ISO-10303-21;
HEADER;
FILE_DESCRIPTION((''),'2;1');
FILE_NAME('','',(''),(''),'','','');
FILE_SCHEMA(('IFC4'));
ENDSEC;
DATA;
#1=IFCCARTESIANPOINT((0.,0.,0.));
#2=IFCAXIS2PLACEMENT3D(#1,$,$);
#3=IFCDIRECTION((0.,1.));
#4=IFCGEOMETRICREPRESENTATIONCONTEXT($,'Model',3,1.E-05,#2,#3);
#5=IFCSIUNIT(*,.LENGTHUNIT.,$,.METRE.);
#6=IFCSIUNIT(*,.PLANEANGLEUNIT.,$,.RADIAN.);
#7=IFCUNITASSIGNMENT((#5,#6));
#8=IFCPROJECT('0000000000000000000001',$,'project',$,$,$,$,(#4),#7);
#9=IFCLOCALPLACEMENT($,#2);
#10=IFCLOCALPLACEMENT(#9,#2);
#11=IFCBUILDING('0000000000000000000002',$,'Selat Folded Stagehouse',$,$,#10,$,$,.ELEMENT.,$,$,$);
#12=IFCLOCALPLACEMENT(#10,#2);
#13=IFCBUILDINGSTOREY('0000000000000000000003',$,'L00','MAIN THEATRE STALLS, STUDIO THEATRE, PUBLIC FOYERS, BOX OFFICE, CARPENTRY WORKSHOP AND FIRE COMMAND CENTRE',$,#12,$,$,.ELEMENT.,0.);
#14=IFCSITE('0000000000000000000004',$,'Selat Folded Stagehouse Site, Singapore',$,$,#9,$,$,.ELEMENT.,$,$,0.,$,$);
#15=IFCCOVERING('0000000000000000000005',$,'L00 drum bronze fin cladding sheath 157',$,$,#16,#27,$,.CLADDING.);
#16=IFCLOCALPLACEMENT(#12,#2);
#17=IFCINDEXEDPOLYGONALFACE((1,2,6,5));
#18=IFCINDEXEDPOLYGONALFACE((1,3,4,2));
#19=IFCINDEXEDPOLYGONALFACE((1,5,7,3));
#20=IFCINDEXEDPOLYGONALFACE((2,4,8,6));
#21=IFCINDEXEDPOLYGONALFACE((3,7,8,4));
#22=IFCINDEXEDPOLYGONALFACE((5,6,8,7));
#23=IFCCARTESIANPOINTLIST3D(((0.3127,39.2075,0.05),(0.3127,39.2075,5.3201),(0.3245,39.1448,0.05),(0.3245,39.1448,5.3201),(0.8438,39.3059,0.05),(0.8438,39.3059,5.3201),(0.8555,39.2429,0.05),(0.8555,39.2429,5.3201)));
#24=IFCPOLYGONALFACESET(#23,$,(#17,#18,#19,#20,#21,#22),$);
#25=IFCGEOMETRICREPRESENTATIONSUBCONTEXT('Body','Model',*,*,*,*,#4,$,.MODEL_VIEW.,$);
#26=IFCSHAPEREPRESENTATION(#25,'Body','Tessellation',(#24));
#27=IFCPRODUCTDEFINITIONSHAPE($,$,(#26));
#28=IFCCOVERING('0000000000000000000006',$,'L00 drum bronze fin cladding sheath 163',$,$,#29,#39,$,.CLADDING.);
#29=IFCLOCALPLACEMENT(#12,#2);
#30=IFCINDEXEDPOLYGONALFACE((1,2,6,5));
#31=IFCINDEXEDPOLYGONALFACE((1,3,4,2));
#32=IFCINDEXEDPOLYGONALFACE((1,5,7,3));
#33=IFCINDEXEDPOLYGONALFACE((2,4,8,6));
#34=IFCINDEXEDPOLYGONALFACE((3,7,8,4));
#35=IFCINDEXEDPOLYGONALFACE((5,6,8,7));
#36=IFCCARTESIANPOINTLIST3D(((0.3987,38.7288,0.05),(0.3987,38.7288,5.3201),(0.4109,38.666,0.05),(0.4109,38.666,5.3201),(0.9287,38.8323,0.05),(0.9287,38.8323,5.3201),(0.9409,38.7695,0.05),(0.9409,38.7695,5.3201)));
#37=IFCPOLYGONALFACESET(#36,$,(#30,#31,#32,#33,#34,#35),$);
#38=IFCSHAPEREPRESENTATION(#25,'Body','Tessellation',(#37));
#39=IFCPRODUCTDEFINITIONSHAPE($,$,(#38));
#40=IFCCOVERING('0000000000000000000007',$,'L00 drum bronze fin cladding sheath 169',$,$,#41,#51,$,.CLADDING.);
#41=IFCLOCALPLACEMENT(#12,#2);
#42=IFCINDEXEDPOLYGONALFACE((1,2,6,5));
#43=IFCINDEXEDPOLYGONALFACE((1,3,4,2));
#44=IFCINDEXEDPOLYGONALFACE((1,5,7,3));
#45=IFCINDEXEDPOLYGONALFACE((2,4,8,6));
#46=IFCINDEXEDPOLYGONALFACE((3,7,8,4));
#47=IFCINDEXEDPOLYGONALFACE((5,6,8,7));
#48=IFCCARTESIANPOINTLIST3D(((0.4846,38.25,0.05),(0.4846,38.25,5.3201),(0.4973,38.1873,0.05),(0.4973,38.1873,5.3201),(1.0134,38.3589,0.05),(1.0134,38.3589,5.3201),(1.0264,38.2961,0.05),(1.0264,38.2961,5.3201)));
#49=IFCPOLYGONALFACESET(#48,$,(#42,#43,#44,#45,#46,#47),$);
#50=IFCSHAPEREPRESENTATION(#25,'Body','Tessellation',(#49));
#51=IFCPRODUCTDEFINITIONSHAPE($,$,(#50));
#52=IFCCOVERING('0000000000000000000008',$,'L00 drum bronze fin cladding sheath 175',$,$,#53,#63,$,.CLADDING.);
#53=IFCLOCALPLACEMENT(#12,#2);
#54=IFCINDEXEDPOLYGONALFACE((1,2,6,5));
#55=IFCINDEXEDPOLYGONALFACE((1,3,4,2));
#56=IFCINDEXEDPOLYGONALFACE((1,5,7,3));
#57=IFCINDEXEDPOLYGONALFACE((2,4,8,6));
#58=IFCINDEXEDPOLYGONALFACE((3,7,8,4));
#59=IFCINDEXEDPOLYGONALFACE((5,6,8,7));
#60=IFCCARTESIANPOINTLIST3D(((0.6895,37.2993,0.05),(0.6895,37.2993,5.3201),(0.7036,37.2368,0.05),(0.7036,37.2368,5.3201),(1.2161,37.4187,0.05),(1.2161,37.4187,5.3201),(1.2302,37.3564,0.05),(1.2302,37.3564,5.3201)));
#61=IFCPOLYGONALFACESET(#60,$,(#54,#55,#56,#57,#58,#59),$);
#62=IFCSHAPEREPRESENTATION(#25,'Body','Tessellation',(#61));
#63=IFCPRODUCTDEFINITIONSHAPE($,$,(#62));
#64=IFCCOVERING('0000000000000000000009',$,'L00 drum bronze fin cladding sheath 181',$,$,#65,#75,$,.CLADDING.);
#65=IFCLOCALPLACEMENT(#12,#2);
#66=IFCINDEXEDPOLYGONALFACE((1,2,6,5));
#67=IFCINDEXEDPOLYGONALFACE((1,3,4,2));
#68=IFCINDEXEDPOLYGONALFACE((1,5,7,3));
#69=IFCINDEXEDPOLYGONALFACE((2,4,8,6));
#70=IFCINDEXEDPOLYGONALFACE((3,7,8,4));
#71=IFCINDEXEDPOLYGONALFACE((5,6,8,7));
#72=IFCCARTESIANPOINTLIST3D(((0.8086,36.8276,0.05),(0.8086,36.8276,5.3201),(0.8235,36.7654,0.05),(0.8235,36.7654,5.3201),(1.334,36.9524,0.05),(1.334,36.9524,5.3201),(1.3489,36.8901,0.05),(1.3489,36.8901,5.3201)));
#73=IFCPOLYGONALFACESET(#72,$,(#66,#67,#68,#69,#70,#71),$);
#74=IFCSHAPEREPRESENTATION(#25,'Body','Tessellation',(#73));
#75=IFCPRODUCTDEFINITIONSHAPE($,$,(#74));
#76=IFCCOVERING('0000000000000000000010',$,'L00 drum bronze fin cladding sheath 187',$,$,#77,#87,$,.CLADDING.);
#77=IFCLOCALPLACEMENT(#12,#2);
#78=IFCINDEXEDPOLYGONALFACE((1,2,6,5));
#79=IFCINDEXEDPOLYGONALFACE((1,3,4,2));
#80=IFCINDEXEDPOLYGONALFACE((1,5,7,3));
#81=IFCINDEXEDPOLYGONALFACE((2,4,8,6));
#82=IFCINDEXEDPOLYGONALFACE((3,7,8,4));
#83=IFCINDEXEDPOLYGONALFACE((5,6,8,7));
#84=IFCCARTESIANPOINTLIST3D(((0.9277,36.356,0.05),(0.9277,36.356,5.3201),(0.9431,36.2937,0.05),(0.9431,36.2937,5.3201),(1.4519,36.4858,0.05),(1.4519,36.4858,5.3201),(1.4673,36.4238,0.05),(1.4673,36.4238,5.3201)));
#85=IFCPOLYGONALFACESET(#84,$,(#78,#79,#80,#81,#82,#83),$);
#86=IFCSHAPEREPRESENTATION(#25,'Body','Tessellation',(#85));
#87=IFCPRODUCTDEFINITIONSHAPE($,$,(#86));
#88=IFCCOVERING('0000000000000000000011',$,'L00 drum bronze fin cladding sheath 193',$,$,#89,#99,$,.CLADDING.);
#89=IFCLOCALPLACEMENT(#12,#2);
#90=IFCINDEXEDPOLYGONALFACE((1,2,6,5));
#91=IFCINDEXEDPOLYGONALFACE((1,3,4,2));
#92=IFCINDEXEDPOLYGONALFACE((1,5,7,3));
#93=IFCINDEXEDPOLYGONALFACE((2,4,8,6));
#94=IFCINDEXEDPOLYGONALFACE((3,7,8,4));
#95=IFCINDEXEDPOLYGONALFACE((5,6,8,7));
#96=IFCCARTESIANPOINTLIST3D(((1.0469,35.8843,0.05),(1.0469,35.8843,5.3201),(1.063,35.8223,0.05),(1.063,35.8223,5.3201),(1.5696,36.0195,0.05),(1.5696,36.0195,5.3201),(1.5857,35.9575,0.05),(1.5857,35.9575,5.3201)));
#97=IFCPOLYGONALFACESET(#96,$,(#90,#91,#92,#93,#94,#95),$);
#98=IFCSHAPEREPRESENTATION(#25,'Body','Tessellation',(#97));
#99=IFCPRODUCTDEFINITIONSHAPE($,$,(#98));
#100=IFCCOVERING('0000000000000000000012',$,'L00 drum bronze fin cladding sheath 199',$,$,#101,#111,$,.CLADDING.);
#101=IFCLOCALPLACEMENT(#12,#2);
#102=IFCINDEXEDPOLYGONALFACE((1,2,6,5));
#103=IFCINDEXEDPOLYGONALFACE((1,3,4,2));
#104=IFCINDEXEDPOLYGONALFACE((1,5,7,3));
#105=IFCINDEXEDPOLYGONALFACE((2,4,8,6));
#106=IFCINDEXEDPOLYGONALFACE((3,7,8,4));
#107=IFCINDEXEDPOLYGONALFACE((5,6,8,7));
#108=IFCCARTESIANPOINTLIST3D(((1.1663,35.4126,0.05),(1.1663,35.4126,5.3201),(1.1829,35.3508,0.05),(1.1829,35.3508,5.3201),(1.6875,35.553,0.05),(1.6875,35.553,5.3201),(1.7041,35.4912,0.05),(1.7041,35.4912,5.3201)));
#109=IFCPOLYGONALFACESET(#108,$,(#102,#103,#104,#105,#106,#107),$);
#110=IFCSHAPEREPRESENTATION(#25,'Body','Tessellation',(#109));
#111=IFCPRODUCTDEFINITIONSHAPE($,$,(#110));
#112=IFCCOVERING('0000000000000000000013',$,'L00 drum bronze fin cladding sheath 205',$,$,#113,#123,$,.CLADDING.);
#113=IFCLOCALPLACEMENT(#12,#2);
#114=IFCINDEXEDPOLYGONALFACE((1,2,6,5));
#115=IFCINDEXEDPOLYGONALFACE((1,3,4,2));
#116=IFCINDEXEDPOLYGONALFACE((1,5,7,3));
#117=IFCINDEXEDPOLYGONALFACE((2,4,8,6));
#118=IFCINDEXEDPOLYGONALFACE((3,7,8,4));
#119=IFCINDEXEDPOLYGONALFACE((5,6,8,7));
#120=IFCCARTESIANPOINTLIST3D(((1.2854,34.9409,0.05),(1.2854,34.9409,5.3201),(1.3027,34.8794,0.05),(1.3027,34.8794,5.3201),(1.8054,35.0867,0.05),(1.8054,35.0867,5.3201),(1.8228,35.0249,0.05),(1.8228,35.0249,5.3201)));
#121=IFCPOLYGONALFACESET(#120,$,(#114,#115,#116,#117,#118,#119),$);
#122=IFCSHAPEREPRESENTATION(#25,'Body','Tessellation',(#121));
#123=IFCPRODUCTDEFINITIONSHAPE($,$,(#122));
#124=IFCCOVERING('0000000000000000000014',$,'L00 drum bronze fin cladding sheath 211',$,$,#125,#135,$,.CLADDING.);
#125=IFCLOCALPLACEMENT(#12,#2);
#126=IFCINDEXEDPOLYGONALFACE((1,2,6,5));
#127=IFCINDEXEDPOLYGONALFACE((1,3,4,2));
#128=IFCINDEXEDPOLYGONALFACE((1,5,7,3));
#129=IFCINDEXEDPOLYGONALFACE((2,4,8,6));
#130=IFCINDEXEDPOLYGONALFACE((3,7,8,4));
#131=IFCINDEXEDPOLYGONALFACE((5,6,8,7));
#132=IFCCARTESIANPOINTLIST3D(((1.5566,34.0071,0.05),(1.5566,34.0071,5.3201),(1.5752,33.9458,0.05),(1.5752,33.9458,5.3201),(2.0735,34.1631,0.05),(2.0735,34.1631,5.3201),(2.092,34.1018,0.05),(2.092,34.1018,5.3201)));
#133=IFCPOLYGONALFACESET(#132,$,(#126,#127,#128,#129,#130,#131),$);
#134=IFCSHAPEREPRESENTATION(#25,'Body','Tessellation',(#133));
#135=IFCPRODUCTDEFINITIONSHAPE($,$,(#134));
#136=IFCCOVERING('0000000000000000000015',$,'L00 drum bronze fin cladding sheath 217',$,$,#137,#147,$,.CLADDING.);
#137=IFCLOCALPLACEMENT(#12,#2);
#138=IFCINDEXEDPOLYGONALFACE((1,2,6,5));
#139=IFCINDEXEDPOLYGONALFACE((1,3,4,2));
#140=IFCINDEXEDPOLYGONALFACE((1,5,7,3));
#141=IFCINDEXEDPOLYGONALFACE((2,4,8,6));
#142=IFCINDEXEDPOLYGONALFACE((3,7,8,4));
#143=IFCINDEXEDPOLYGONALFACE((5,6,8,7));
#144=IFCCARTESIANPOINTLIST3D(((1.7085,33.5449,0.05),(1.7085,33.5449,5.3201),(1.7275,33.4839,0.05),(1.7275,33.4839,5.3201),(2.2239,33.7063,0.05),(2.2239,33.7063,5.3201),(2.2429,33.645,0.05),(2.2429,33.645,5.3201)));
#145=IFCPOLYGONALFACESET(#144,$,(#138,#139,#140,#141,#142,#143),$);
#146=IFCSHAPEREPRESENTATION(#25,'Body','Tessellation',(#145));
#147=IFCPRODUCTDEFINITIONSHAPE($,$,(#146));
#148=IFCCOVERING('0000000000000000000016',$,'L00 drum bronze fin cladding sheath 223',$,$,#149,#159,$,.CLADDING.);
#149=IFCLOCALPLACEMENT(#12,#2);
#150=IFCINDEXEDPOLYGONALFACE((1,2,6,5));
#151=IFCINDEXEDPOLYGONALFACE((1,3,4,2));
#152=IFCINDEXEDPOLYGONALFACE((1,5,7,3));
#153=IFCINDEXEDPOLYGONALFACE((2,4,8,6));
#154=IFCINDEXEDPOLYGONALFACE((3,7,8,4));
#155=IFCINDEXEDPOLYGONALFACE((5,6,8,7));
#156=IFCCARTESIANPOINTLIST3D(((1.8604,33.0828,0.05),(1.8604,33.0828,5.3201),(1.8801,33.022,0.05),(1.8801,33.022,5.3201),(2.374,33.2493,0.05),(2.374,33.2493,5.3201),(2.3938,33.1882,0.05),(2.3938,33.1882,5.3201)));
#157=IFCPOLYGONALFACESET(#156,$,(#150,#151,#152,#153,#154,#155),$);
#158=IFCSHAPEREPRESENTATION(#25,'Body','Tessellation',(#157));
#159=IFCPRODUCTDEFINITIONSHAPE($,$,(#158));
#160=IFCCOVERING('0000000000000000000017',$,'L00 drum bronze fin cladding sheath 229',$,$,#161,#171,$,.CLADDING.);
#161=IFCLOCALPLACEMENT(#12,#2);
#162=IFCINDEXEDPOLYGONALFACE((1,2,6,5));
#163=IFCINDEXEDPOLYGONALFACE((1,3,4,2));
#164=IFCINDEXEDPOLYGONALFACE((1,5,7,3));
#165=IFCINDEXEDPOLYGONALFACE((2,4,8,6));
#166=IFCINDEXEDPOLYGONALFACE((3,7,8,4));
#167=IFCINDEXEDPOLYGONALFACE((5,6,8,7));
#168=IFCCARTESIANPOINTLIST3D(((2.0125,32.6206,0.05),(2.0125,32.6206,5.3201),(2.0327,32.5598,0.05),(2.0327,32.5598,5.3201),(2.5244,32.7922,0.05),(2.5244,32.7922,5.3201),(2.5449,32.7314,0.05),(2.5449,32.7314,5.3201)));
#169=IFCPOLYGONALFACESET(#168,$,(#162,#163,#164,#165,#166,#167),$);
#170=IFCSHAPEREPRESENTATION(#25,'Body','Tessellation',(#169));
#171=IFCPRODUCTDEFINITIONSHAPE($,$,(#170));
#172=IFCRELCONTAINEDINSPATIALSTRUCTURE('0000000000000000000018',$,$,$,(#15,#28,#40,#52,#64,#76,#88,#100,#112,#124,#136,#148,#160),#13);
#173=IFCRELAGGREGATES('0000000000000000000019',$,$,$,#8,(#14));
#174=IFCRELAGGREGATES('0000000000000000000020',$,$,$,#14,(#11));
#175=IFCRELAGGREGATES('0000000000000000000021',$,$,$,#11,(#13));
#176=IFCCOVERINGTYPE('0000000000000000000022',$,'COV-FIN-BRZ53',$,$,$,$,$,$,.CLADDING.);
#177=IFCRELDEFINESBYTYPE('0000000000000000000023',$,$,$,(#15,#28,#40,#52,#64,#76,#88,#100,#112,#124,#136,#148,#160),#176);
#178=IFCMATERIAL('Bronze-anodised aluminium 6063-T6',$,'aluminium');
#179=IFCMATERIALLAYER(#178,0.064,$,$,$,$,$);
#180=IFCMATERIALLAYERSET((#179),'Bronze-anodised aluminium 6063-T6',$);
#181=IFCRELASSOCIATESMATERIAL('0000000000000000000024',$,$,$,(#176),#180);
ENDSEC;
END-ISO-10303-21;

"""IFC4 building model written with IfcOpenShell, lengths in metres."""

from ifc_helpers import new_model, si_unit, direction, frame, origin, place, context, subcontext, project, spatial, polyline, outline, extrude, material, layer, layer_set, type_object, element, save


model = new_model("IFC4")

# Units and contexts
model_context = context("Model", 3, precision=1e-05, world=origin(), true_north=direction((0.0, 1.0)))
body_context = subcontext(model_context, "Body", "Model", "MODEL_VIEW")
ifc_project = project(units=[si_unit("LENGTHUNIT", "METRE"), si_unit("PLANEANGLEUNIT", "RADIAN")], contexts=[model_context])

# Site, building, storey
site_placement = place(None, origin())
site = spatial("IfcSite", under=ifc_project, at=site_placement, Name="Selat Folded Stagehouse Site, Singapore", CompositionType="ELEMENT", RefElevation=0.0)
building_placement = place(site_placement, origin())
building = spatial("IfcBuilding", under=site, at=building_placement, Name="Selat Folded Stagehouse", CompositionType="ELEMENT")
storey_placement = place(building_placement, origin())
storey = spatial("IfcBuildingStorey", under=building, at=storey_placement, Name="L00", Description="MAIN THEATRE STALLS, STUDIO THEATRE, PUBLIC FOYERS, BOX OFFICE, CARPENTRY WORKSHOP AND FIRE COMMAND CENTRE", CompositionType="ELEMENT", Elevation=0.0)

# Coverings
ifc_material_1 = material(Name="Bronze-anodised aluminium 6063-T6", Category="aluminium")
ifc_layer_1 = layer(ifc_material_1, 0.064)
ifc_layer_set_1 = layer_set([ifc_layer_1], Name="Bronze-anodised aluminium 6063-T6")
covering_type = type_object("IfcCoveringType", Name="COV-FIN-BRZ53", PredefinedType="CLADDING", material=ifc_layer_set_1)
covering_1_placement = place(storey_placement, frame((0.0, 0.0, 0.05)))
element("IfcCovering", 1, at=covering_1_placement, inside=storey, type_object=covering_type, Name="L00 drum bronze fin cladding sheath 157", PredefinedType="CLADDING", context=body_context, shape_type="SweptSolid", body=[
    extrude(outline(polyline([(0.8438, 39.3059), (0.3127, 39.2075), (0.3245, 39.1448), (0.8555, 39.2429), (0.8438, 39.3059)])), origin(), (0.0, 0.0, 1.0), 5.27),
])
covering_2_placement = place(storey_placement, frame((0.0, 0.0, 0.05)))
element("IfcCovering", 2, at=covering_2_placement, inside=storey, type_object=covering_type, Name="L00 drum bronze fin cladding sheath 163", PredefinedType="CLADDING", context=body_context, shape_type="SweptSolid", body=[
    extrude(outline(polyline([(0.9287, 38.8323), (0.3987, 38.7288), (0.4109, 38.666), (0.9409, 38.7695), (0.9287, 38.8323)])), origin(), (0.0, 0.0, 1.0), 5.27),
])
covering_3_placement = place(storey_placement, frame((0.0, 0.0, 0.05)))
element("IfcCovering", 3, at=covering_3_placement, inside=storey, type_object=covering_type, Name="L00 drum bronze fin cladding sheath 169", PredefinedType="CLADDING", context=body_context, shape_type="SweptSolid", body=[
    extrude(outline(polyline([(1.0134, 38.3589), (0.4846, 38.25), (0.4973, 38.1873), (1.0264, 38.2961), (1.0134, 38.3589)])), origin(), (0.0, 0.0, 1.0), 5.27),
])
covering_4_placement = place(storey_placement, frame((0.0, 0.0, 0.05)))
element("IfcCovering", 4, at=covering_4_placement, inside=storey, type_object=covering_type, Name="L00 drum bronze fin cladding sheath 175", PredefinedType="CLADDING", context=body_context, shape_type="SweptSolid", body=[
    extrude(outline(polyline([(1.2161, 37.4187), (0.6895, 37.2993), (0.7036, 37.2368), (1.2302, 37.3564), (1.2161, 37.4187)])), origin(), (0.0, 0.0, 1.0), 5.27),
])
covering_5_placement = place(storey_placement, frame((0.0, 0.0, 0.05)))
element("IfcCovering", 5, at=covering_5_placement, inside=storey, type_object=covering_type, Name="L00 drum bronze fin cladding sheath 181", PredefinedType="CLADDING", context=body_context, shape_type="SweptSolid", body=[
    extrude(outline(polyline([(1.334, 36.9524), (0.8086, 36.8276), (0.8235, 36.7654), (1.3489, 36.8901), (1.334, 36.9524)])), origin(), (0.0, 0.0, 1.0), 5.27),
])
covering_6_placement = place(storey_placement, frame((0.0, 0.0, 0.05)))
element("IfcCovering", 6, at=covering_6_placement, inside=storey, type_object=covering_type, Name="L00 drum bronze fin cladding sheath 187", PredefinedType="CLADDING", context=body_context, shape_type="SweptSolid", body=[
    extrude(outline(polyline([(1.4519, 36.4858), (0.9277, 36.356), (0.9431, 36.2937), (1.4673, 36.4238), (1.4519, 36.4858)])), origin(), (0.0, 0.0, 1.0), 5.27),
])
covering_7_placement = place(storey_placement, frame((0.0, 0.0, 0.05)))
element("IfcCovering", 7, at=covering_7_placement, inside=storey, type_object=covering_type, Name="L00 drum bronze fin cladding sheath 193", PredefinedType="CLADDING", context=body_context, shape_type="SweptSolid", body=[
    extrude(outline(polyline([(1.5696, 36.0195), (1.0469, 35.8843), (1.063, 35.8223), (1.5857, 35.9575), (1.5696, 36.0195)])), origin(), (0.0, 0.0, 1.0), 5.27),
])
covering_8_placement = place(storey_placement, frame((0.0, 0.0, 0.05)))
element("IfcCovering", 8, at=covering_8_placement, inside=storey, type_object=covering_type, Name="L00 drum bronze fin cladding sheath 199", PredefinedType="CLADDING", context=body_context, shape_type="SweptSolid", body=[
    extrude(outline(polyline([(1.6875, 35.553), (1.1663, 35.4126), (1.1829, 35.3508), (1.7041, 35.4912), (1.6875, 35.553)])), origin(), (0.0, 0.0, 1.0), 5.27),
])
covering_9_placement = place(storey_placement, frame((0.0, 0.0, 0.05)))
element("IfcCovering", 9, at=covering_9_placement, inside=storey, type_object=covering_type, Name="L00 drum bronze fin cladding sheath 205", PredefinedType="CLADDING", context=body_context, shape_type="SweptSolid", body=[
    extrude(outline(polyline([(1.8054, 35.0867), (1.2854, 34.9409), (1.3027, 34.8794), (1.8228, 35.0249), (1.8054, 35.0867)])), origin(), (0.0, 0.0, 1.0), 5.27),
])
covering_10_placement = place(storey_placement, frame((0.0, 0.0, 0.05)))
element("IfcCovering", 10, at=covering_10_placement, inside=storey, type_object=covering_type, Name="L00 drum bronze fin cladding sheath 211", PredefinedType="CLADDING", context=body_context, shape_type="SweptSolid", body=[
    extrude(outline(polyline([(2.0735, 34.1631), (1.5566, 34.0071), (1.5752, 33.9458), (2.092, 34.1018), (2.0735, 34.1631)])), origin(), (0.0, 0.0, 1.0), 5.27),
])
covering_11_placement = place(storey_placement, frame((0.0, 0.0, 0.05)))
element("IfcCovering", 11, at=covering_11_placement, inside=storey, type_object=covering_type, Name="L00 drum bronze fin cladding sheath 217", PredefinedType="CLADDING", context=body_context, shape_type="SweptSolid", body=[
    extrude(outline(polyline([(2.2239, 33.7063), (1.7085, 33.5449), (1.7275, 33.4839), (2.2429, 33.645), (2.2239, 33.7063)])), origin(), (0.0, 0.0, 1.0), 5.27),
])
covering_12_placement = place(storey_placement, frame((0.0, 0.0, 0.05)))
element("IfcCovering", 12, at=covering_12_placement, inside=storey, type_object=covering_type, Name="L00 drum bronze fin cladding sheath 223", PredefinedType="CLADDING", context=body_context, shape_type="SweptSolid", body=[
    extrude(outline(polyline([(2.374, 33.2493), (1.8604, 33.0828), (1.8801, 33.022), (2.3938, 33.1882), (2.374, 33.2493)])), origin(), (0.0, 0.0, 1.0), 5.27),
])
covering_13_placement = place(storey_placement, frame((0.0, 0.0, 0.05)))
element("IfcCovering", 13, at=covering_13_placement, inside=storey, type_object=covering_type, Name="L00 drum bronze fin cladding sheath 229", PredefinedType="CLADDING", context=body_context, shape_type="SweptSolid", body=[
    extrude(outline(polyline([(2.5244, 32.7922), (2.0125, 32.6206), (2.0327, 32.5598), (2.5449, 32.7314), (2.5244, 32.7922)])), origin(), (0.0, 0.0, 1.0), 5.27),
])

save(model, "model.ifc")
